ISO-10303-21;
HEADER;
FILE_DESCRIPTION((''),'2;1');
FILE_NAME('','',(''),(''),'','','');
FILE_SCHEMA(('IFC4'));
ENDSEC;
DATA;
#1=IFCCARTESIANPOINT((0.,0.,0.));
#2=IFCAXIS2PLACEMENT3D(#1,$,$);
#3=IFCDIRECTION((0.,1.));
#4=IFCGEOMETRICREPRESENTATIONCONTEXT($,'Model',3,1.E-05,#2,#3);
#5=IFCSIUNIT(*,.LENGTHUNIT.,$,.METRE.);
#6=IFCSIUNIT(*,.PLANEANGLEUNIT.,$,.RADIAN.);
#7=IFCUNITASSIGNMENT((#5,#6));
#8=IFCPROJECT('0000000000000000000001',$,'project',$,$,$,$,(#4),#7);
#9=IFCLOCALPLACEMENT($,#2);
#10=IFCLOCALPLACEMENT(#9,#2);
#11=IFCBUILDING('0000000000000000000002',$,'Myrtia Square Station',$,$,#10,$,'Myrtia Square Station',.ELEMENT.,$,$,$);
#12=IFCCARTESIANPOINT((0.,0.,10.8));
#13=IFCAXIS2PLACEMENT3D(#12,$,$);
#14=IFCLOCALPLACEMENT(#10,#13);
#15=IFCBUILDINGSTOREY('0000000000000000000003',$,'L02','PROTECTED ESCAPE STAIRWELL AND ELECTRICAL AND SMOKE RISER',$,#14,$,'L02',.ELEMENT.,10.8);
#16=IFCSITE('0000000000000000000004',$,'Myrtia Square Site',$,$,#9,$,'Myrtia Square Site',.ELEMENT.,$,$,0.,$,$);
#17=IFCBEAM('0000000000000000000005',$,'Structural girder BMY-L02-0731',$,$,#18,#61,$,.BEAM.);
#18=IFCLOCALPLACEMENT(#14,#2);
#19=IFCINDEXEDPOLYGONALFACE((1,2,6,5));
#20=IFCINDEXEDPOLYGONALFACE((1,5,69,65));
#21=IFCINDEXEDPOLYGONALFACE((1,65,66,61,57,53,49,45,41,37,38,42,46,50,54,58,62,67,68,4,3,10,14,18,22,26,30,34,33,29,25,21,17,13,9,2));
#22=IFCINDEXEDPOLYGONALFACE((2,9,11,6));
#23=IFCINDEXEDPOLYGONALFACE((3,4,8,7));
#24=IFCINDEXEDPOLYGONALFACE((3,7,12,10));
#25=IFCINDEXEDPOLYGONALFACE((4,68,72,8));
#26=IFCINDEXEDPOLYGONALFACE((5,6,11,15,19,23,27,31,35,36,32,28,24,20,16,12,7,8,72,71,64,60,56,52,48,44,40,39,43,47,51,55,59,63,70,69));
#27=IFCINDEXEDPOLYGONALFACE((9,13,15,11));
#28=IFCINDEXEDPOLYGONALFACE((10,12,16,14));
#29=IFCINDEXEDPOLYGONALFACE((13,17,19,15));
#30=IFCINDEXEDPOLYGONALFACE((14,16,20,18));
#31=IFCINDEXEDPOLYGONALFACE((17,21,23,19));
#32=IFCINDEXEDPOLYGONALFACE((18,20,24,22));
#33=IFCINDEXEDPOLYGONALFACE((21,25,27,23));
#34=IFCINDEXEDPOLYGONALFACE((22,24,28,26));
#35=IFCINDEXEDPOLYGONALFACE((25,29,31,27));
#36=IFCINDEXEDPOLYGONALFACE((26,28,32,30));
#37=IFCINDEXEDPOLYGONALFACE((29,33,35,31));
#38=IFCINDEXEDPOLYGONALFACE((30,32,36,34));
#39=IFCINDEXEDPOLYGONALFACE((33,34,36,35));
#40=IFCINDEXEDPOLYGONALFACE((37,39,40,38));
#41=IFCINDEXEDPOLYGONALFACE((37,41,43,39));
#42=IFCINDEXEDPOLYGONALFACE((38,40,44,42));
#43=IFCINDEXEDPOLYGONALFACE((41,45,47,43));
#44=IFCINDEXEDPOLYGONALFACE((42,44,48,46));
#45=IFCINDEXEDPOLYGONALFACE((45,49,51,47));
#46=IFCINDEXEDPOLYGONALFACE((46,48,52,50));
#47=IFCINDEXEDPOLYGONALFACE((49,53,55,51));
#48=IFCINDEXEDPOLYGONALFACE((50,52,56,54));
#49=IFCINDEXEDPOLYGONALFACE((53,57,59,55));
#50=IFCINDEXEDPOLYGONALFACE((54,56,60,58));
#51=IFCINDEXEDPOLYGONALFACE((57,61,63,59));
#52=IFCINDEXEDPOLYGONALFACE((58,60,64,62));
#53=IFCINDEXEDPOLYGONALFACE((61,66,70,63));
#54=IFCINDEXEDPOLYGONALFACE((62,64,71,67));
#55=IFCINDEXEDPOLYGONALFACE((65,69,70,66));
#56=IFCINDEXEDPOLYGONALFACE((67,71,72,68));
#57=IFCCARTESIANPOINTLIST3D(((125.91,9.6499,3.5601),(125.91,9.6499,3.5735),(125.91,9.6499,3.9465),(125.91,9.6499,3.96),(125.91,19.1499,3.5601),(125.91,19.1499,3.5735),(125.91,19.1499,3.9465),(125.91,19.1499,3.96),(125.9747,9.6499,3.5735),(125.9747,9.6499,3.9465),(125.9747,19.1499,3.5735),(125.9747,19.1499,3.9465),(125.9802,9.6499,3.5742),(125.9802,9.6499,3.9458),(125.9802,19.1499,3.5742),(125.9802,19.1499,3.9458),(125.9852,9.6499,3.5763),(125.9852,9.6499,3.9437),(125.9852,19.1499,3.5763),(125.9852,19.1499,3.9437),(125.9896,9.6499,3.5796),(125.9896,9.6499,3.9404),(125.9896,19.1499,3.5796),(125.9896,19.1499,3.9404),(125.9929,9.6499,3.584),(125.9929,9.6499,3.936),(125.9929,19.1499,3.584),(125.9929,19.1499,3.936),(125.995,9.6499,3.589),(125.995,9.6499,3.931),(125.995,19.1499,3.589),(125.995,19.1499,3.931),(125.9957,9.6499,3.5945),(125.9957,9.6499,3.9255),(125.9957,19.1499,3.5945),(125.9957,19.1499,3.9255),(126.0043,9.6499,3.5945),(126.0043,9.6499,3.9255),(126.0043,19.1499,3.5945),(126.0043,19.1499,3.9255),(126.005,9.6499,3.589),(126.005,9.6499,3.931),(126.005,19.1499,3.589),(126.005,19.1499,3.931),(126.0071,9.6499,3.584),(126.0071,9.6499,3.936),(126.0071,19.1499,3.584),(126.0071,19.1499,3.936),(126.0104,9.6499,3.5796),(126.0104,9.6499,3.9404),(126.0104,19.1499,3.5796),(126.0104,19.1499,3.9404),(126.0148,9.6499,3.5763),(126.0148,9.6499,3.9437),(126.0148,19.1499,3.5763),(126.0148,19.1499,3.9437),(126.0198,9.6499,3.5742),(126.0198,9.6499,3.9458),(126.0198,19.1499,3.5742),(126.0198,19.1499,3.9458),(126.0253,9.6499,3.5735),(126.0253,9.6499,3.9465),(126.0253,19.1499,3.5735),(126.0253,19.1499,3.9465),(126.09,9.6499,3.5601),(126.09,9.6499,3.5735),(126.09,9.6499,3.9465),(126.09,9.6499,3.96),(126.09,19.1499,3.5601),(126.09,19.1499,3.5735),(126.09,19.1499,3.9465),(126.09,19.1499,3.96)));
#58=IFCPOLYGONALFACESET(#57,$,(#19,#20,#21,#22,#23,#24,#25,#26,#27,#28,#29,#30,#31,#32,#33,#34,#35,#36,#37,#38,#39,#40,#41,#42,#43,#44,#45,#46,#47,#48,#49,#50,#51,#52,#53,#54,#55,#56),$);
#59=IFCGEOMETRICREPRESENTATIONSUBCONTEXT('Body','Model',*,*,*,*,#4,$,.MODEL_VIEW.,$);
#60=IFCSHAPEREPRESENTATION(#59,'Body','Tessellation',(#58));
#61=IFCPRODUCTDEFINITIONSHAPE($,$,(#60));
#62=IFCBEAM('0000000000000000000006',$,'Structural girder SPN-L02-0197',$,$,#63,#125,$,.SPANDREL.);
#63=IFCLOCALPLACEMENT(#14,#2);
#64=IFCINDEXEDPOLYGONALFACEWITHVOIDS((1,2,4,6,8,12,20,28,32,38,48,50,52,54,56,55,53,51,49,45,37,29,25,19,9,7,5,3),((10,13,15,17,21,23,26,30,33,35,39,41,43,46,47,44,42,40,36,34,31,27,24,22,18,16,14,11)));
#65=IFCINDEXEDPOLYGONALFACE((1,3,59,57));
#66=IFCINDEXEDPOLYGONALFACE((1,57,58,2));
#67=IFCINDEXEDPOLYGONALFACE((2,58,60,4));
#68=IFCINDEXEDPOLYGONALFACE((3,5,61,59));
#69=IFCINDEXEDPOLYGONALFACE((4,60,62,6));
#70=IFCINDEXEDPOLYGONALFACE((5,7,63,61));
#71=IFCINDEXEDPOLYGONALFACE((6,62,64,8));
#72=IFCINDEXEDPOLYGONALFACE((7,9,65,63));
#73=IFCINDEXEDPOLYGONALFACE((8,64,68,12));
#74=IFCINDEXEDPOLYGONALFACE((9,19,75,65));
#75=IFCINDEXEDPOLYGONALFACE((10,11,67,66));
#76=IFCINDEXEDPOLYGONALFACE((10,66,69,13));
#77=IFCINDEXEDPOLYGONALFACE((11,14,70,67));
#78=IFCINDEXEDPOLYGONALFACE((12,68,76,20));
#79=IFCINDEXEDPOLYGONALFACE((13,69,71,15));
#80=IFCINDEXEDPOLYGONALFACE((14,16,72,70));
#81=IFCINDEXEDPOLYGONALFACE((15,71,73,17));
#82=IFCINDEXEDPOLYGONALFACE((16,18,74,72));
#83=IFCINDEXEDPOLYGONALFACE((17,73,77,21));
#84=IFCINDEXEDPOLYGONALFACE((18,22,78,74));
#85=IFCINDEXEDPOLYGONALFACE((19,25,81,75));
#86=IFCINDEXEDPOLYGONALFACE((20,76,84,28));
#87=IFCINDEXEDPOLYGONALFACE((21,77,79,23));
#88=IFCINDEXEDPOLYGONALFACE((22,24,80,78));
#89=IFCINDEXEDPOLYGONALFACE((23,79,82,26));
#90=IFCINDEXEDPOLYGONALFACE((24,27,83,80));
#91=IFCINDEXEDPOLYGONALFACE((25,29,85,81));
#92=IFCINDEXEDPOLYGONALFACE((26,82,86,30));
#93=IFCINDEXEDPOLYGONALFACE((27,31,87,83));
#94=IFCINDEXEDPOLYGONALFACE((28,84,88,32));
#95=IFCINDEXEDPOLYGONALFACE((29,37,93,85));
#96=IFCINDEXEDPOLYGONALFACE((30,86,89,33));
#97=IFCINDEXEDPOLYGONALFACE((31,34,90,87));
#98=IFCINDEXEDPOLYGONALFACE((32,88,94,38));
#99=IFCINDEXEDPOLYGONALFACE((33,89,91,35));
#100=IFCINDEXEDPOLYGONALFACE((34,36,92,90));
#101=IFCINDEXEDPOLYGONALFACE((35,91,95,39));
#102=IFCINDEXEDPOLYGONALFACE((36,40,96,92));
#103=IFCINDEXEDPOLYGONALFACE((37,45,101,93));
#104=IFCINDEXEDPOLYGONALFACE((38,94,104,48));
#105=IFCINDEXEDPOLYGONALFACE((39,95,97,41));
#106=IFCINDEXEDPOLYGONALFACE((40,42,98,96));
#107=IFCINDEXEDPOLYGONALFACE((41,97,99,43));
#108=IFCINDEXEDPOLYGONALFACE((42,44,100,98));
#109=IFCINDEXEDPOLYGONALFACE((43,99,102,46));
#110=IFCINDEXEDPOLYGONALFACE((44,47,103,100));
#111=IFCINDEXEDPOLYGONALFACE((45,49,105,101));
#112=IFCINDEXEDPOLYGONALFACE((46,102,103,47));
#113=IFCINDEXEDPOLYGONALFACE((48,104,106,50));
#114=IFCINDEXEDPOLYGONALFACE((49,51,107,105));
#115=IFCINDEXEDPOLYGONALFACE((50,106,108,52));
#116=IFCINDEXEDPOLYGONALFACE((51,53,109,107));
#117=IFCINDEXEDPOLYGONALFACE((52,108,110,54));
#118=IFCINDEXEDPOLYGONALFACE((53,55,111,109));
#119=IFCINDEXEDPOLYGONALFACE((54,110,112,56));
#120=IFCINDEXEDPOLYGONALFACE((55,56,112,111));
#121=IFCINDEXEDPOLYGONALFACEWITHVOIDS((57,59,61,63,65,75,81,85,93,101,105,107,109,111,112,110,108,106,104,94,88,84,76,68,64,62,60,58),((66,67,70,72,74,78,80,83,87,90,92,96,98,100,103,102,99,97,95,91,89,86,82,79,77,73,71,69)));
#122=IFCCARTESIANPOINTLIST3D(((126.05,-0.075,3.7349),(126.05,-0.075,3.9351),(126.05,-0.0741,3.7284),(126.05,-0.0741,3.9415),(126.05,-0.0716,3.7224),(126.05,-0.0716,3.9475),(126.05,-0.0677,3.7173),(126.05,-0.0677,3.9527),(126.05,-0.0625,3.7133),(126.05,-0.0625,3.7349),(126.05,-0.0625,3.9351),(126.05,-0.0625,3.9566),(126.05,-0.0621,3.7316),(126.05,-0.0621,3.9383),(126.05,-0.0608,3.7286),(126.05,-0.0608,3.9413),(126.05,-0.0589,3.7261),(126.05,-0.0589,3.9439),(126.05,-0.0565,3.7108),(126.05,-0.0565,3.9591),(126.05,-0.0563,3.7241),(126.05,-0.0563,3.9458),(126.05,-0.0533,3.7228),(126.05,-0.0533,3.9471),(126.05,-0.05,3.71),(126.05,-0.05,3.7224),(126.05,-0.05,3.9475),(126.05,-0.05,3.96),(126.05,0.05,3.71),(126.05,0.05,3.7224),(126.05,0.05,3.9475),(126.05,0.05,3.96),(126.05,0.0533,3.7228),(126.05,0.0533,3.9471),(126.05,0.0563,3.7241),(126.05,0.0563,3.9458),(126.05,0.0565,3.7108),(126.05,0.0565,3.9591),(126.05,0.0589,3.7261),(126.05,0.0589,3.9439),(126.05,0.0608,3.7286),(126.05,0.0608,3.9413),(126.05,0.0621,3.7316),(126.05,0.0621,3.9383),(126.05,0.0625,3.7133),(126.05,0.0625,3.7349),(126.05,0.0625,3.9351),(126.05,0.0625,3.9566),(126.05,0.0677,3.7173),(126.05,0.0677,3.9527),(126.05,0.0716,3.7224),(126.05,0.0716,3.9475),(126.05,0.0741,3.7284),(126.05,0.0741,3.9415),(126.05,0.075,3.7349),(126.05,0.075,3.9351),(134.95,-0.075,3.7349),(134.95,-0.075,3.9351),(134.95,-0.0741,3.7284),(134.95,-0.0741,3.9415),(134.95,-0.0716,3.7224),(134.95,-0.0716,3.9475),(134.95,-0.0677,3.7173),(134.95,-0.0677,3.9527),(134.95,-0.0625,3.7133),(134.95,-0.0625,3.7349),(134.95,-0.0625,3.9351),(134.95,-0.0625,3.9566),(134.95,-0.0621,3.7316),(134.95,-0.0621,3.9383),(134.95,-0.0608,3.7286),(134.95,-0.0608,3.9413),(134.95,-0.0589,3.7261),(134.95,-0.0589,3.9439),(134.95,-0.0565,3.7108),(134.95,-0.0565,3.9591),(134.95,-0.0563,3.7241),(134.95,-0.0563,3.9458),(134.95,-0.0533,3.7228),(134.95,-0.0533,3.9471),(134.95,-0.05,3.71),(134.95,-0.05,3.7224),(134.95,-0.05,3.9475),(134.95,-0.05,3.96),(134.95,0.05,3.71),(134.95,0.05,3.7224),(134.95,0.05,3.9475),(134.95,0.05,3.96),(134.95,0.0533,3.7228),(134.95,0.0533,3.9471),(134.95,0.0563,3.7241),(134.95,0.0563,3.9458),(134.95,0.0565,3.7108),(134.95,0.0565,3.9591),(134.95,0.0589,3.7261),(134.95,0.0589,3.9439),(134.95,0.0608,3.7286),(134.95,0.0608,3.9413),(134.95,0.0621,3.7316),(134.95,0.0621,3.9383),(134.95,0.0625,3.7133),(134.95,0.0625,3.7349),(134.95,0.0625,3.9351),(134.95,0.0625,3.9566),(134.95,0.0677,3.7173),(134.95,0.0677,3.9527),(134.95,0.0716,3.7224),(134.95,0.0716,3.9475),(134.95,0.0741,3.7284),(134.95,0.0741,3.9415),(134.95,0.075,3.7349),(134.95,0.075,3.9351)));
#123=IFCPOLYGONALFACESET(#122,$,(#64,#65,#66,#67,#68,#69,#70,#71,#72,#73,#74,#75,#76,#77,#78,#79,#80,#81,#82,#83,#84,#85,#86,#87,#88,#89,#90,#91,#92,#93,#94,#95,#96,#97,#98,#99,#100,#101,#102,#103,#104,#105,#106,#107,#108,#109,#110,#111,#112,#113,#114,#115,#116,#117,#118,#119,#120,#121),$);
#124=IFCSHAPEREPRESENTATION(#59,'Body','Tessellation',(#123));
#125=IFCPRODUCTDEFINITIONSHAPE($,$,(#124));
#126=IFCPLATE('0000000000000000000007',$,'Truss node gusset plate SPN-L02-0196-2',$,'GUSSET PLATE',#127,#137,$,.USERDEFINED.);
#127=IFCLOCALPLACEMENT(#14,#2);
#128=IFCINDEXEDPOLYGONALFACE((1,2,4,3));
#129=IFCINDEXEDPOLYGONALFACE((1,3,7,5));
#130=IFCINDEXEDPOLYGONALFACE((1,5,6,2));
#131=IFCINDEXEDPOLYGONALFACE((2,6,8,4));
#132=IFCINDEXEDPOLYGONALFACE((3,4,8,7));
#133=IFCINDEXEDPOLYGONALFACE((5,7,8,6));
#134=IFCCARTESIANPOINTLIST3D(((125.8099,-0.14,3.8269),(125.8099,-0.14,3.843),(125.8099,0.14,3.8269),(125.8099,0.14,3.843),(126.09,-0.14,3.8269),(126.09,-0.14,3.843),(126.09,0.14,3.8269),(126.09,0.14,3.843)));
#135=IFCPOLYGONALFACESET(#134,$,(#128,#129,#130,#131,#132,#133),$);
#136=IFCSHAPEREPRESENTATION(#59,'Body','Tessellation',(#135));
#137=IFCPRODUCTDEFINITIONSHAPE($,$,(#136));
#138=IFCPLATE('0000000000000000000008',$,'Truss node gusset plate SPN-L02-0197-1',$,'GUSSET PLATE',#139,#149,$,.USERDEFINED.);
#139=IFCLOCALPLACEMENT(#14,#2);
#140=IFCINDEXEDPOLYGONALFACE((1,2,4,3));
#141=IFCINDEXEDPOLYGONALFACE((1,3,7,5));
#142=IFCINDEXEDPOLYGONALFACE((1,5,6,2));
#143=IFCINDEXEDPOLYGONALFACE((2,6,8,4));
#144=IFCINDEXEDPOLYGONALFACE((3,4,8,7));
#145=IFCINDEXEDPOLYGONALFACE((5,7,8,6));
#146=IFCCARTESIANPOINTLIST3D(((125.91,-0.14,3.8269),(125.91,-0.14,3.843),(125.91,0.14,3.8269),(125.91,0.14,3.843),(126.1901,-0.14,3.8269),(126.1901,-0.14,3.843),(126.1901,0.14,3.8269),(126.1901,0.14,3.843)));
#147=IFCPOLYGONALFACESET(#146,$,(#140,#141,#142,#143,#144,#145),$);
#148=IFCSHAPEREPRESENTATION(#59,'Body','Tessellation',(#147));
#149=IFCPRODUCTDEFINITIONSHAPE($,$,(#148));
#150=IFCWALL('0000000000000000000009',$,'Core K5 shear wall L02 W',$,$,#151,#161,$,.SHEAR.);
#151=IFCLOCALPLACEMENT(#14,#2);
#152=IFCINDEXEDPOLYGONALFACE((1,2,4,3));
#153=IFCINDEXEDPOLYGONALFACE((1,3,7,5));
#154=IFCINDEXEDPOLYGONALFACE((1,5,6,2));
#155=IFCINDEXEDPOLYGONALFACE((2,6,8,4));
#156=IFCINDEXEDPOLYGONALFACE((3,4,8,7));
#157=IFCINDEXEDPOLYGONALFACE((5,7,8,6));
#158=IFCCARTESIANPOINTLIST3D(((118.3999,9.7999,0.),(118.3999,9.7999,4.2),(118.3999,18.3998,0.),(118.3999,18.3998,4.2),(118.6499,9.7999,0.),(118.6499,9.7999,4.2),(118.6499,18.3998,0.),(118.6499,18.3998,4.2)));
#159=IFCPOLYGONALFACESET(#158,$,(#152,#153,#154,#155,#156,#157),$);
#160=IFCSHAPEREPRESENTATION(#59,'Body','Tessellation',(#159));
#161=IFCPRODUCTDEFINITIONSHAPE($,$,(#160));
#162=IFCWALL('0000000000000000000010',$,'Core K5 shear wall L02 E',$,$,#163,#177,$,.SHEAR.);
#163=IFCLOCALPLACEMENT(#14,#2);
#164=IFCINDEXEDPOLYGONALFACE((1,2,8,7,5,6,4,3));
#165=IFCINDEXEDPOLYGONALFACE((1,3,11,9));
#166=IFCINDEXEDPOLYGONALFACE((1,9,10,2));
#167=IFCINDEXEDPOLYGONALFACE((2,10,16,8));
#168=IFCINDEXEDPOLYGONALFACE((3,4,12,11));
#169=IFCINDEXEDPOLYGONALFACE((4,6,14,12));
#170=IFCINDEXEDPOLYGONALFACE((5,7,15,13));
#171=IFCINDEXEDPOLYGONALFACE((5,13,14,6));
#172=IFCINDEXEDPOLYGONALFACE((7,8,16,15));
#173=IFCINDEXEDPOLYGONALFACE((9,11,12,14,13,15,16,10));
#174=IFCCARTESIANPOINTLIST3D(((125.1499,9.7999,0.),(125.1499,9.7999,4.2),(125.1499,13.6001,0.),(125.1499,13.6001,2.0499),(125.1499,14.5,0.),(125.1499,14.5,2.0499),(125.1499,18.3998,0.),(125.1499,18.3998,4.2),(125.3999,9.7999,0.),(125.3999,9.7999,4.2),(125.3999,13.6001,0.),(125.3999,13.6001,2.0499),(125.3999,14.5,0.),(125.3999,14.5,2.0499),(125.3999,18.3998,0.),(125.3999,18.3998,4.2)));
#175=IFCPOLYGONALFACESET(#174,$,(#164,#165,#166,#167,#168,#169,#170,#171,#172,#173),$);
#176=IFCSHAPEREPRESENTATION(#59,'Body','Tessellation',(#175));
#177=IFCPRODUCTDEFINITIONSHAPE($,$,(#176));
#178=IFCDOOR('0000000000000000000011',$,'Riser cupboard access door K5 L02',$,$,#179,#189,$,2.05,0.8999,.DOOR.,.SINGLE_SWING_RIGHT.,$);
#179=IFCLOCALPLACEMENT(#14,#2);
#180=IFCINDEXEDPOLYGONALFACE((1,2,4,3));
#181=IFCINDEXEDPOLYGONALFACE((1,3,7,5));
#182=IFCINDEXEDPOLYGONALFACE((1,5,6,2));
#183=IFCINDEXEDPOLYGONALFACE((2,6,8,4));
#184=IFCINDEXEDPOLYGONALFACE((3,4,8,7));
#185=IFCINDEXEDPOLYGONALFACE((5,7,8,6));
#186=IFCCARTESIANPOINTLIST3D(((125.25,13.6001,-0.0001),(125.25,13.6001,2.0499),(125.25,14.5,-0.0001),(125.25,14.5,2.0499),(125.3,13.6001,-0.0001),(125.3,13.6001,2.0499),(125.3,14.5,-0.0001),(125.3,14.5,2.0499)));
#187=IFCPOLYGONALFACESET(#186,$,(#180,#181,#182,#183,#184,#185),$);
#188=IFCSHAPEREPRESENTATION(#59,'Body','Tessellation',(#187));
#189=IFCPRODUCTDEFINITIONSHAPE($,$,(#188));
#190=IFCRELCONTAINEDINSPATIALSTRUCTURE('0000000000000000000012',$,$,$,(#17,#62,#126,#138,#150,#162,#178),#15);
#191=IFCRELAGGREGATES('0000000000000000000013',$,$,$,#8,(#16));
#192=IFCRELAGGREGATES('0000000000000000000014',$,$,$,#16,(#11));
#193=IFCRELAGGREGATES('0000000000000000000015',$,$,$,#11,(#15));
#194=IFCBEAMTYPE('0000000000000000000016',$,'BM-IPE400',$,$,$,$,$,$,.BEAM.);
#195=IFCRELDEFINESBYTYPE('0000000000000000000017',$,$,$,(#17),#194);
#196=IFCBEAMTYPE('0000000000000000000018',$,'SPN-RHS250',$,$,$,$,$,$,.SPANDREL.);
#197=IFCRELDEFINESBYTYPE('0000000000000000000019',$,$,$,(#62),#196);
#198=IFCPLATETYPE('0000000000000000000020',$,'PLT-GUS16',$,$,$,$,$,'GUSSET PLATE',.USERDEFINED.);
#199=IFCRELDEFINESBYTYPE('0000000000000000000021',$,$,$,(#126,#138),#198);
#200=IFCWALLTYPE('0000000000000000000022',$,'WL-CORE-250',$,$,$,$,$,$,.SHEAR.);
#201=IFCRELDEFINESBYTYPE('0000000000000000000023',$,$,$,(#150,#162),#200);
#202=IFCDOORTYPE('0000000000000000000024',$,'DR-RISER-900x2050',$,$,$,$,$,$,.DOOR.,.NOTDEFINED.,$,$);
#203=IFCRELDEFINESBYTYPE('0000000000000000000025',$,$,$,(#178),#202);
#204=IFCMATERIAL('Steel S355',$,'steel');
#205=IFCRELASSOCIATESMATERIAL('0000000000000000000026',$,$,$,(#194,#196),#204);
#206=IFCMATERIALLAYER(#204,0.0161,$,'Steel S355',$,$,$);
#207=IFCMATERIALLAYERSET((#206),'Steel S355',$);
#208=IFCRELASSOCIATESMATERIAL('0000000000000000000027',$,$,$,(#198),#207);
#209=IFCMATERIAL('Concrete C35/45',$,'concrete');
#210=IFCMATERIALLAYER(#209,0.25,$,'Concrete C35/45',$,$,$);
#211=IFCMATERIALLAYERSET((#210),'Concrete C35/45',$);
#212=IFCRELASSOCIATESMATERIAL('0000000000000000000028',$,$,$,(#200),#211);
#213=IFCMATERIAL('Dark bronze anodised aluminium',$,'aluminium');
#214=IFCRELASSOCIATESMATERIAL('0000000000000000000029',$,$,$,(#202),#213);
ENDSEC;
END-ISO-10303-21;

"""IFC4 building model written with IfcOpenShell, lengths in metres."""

from ifc_helpers import new_model, si_unit, direction, frame, frame_2d, origin, origin_2d, place, context, subcontext, project, spatial, rectangle, hollow_rectangle, i_section, extrude, material, layer, layer_set, material_profile, profile_set, type_object, element, fill, save


model = new_model("IFC4")

# Units and contexts
model_context = context("Model", 3, precision=1e-05, world=origin(), true_north=direction((0.0, 1.0)))
body_context = subcontext(model_context, "Body", "Model", "MODEL_VIEW")
ifc_project = project(units=[si_unit("LENGTHUNIT", "METRE"), si_unit("PLANEANGLEUNIT", "RADIAN")], contexts=[model_context])

# Site, building, storey
site_placement = place(None, origin())
site = spatial("IfcSite", under=ifc_project, at=site_placement, Name="Myrtia Square Site", LongName="Myrtia Square Site", CompositionType="ELEMENT", RefElevation=0.0)
building_placement = place(site_placement, origin())
building = spatial("IfcBuilding", under=site, at=building_placement, Name="Myrtia Square Station", LongName="Myrtia Square Station", CompositionType="ELEMENT")
storey_placement = place(building_placement, frame((0.0, 0.0, 10.8)))
storey = spatial("IfcBuildingStorey", under=building, at=storey_placement, Name="L02", Description="PROTECTED ESCAPE STAIRWELL AND ELECTRICAL AND SMOKE RISER", LongName="L02", CompositionType="ELEMENT", Elevation=10.8)

# Shared definitions
ifc_material_1 = material(Name="Steel S355", Category="steel")

# Beams
ifc_material_profile_1 = material_profile(ifc_material_1, i_section(OverallWidth=0.1799, OverallDepth=0.3999, WebThickness=0.0085, FlangeThickness=0.0134, FilletRadius=0.021, at=origin_2d()), Name="IPE 400")
ifc_profile_set_1 = profile_set([ifc_material_profile_1], Name="Steel S355")
beam_type_1 = type_object("IfcBeamType", Name="BM-IPE400", PredefinedType="BEAM", material=ifc_profile_set_1)
for number, where, z_axis, x_axis, name in (
    (1, (126.0, 9.6499, 3.76), (0.0, 1.0, 0.0), (-1.0, 0.0, 0.0), "Structural girder BMY-L02-0731"),
):
    element("IfcBeam", number, at=place(storey_placement, frame(where, z_axis=z_axis, x_axis=x_axis)), inside=storey, type_object=beam_type_1, Name=name, PredefinedType="BEAM", context=body_context, shape_type="SweptSolid", body=[
        extrude(i_section(OverallWidth=0.1799, OverallDepth=0.3999, WebThickness=0.0085, FlangeThickness=0.0134, FilletRadius=0.021, at=origin_2d()), origin(), (0.0, 0.0, 1.0), 9.5),
    ])
ifc_material_profile_2 = material_profile(ifc_material_1, hollow_rectangle(XDim=0.1499, YDim=0.25, WallThickness=0.0125, InnerFilletRadius=0.0125, OuterFilletRadius=0.0249, at=origin_2d()), Name="RHS 250x150x12.5")
ifc_profile_set_2 = profile_set([ifc_material_profile_2], Name="Steel S355")
beam_type_2 = type_object("IfcBeamType", Name="SPN-RHS250", PredefinedType="SPANDREL", material=ifc_profile_set_2)
beam_1_placement = place(storey_placement, frame((126.05, 0.0, 3.835), z_axis=(1.0, 0.0, 0.0), x_axis=(0.0, 1.0, 0.0)))
element("IfcBeam", 2, at=beam_1_placement, inside=storey, type_object=beam_type_2, Name="Structural girder SPN-L02-0197", PredefinedType="SPANDREL", context=body_context, shape_type="SweptSolid", body=[
    extrude(hollow_rectangle(XDim=0.1499, YDim=0.25, WallThickness=0.0125, InnerFilletRadius=0.0125, OuterFilletRadius=0.0249, at=origin_2d()), origin(), (0.0, 0.0, 1.0), 8.8999),
])

# Plates
ifc_layer_1 = layer(ifc_material_1, 0.0161, Name="Steel S355")
ifc_layer_set_1 = layer_set([ifc_layer_1], Name="Steel S355")
plate_type = type_object("IfcPlateType", Name="PLT-GUS16", ElementType="GUSSET PLATE", PredefinedType="USERDEFINED", material=ifc_layer_set_1)
for number, where, z_axis, x_axis, name in (
    (3, (125.95, 0.0, 3.8269), (0.0, 0.0, 1.0), (1.0, 0.0, 0.0), "Truss node gusset plate SPN-L02-0196-2"),
    (4, (126.05, 0.0, 3.8269), (0.0, 0.0, 1.0), (1.0, 0.0, 0.0), "Truss node gusset plate SPN-L02-0197-1"),
):
    element("IfcPlate", number, at=place(storey_placement, frame(where, z_axis=z_axis, x_axis=x_axis)), inside=storey, type_object=plate_type, Name=name, ObjectType="GUSSET PLATE", PredefinedType="USERDEFINED", context=body_context, shape_type="SweptSolid", body=[
        extrude(rectangle(XDim=0.28, YDim=0.28, at=origin_2d()), origin(), (0.0, 0.0, 1.0), 0.0161),
    ])

# Wall
ifc_material_2 = material(Name="Concrete C35/45", Category="concrete")
ifc_layer_2 = layer(ifc_material_2, 0.25, Name="Concrete C35/45")
ifc_layer_set_2 = layer_set([ifc_layer_2], Name="Concrete C35/45")
wall_type_1 = type_object("IfcWallType", Name="WL-CORE-250", PredefinedType="SHEAR", material=ifc_layer_set_2)
wall_1_placement = place(storey_placement, frame((118.5249, 9.8, 0.0), z_axis=(0.0, 0.0, 1.0), x_axis=(0.0, 1.0, 0.0)))
element("IfcWall", 5, at=wall_1_placement, inside=storey, type_object=wall_type_1, Name="Core K5 shear wall L02 W", PredefinedType="SHEAR", context=body_context, shape_type="SweptSolid", body=[
    extrude(rectangle(XDim=8.5999, YDim=0.25, at=frame_2d((4.2998, 0.0))), origin(), (0.0, 0.0, 1.0), 4.2),
])

# Wall, opening, door
wall_2_placement = place(storey_placement, frame((125.2749, 9.8, 0.0), z_axis=(0.0, 0.0, 1.0), x_axis=(0.0, 1.0, 0.0)))
wall_2 = element("IfcWall", 6, at=wall_2_placement, inside=storey, type_object=wall_type_1, Name="Core K5 shear wall L02 E", PredefinedType="SHEAR", context=body_context, shape_type="SweptSolid", body=[
    extrude(rectangle(XDim=8.5999, YDim=0.25, at=frame_2d((4.2998, 0.0))), origin(), (0.0, 0.0, 1.0), 4.2),
])
opening_1_placement = place(wall_2_placement, frame((3.8, 0.0, 0.0)))
opening_1 = element("IfcOpeningElement", 7, at=opening_1_placement, cuts=wall_2, PredefinedType="OPENING", context=body_context, shape_type="SweptSolid", body=[
    extrude(rectangle(XDim=0.8999, YDim=2.05, at=frame_2d((0.45, 1.0249))), frame((0.0, 0.1399, 0.0), z_axis=(0.0, -1.0, 0.0), x_axis=(1.0, 0.0, 0.0)), (0.0, 0.0, 1.0), 0.28),
])
ifc_material_3 = material(Name="Dark bronze anodised aluminium", Category="aluminium")
door_type_1 = type_object("IfcDoorType", Name="DR-RISER-900x2050", OperationType="NOTDEFINED", PredefinedType="DOOR", material=ifc_material_3)
door_1_placement = place(opening_1_placement, origin())
door_1 = element("IfcDoor", 8, at=door_1_placement, inside=storey, type_object=door_type_1, Name="Riser cupboard access door K5 L02", OperationType="SINGLE_SWING_RIGHT", OverallHeight=2.05, OverallWidth=0.8999, PredefinedType="DOOR", context=body_context, shape_type="SweptSolid", body=[
    extrude(rectangle(XDim=0.8999, YDim=2.05, at=frame_2d((0.45, 1.0249))), frame((0.0, 0.0249, 0.0), z_axis=(0.0, -1.0, 0.0), x_axis=(1.0, 0.0, 0.0)), (0.0, 0.0, 1.0), 0.05),
])
fill(opening_1, door_1)

save(model, "model.ifc")
